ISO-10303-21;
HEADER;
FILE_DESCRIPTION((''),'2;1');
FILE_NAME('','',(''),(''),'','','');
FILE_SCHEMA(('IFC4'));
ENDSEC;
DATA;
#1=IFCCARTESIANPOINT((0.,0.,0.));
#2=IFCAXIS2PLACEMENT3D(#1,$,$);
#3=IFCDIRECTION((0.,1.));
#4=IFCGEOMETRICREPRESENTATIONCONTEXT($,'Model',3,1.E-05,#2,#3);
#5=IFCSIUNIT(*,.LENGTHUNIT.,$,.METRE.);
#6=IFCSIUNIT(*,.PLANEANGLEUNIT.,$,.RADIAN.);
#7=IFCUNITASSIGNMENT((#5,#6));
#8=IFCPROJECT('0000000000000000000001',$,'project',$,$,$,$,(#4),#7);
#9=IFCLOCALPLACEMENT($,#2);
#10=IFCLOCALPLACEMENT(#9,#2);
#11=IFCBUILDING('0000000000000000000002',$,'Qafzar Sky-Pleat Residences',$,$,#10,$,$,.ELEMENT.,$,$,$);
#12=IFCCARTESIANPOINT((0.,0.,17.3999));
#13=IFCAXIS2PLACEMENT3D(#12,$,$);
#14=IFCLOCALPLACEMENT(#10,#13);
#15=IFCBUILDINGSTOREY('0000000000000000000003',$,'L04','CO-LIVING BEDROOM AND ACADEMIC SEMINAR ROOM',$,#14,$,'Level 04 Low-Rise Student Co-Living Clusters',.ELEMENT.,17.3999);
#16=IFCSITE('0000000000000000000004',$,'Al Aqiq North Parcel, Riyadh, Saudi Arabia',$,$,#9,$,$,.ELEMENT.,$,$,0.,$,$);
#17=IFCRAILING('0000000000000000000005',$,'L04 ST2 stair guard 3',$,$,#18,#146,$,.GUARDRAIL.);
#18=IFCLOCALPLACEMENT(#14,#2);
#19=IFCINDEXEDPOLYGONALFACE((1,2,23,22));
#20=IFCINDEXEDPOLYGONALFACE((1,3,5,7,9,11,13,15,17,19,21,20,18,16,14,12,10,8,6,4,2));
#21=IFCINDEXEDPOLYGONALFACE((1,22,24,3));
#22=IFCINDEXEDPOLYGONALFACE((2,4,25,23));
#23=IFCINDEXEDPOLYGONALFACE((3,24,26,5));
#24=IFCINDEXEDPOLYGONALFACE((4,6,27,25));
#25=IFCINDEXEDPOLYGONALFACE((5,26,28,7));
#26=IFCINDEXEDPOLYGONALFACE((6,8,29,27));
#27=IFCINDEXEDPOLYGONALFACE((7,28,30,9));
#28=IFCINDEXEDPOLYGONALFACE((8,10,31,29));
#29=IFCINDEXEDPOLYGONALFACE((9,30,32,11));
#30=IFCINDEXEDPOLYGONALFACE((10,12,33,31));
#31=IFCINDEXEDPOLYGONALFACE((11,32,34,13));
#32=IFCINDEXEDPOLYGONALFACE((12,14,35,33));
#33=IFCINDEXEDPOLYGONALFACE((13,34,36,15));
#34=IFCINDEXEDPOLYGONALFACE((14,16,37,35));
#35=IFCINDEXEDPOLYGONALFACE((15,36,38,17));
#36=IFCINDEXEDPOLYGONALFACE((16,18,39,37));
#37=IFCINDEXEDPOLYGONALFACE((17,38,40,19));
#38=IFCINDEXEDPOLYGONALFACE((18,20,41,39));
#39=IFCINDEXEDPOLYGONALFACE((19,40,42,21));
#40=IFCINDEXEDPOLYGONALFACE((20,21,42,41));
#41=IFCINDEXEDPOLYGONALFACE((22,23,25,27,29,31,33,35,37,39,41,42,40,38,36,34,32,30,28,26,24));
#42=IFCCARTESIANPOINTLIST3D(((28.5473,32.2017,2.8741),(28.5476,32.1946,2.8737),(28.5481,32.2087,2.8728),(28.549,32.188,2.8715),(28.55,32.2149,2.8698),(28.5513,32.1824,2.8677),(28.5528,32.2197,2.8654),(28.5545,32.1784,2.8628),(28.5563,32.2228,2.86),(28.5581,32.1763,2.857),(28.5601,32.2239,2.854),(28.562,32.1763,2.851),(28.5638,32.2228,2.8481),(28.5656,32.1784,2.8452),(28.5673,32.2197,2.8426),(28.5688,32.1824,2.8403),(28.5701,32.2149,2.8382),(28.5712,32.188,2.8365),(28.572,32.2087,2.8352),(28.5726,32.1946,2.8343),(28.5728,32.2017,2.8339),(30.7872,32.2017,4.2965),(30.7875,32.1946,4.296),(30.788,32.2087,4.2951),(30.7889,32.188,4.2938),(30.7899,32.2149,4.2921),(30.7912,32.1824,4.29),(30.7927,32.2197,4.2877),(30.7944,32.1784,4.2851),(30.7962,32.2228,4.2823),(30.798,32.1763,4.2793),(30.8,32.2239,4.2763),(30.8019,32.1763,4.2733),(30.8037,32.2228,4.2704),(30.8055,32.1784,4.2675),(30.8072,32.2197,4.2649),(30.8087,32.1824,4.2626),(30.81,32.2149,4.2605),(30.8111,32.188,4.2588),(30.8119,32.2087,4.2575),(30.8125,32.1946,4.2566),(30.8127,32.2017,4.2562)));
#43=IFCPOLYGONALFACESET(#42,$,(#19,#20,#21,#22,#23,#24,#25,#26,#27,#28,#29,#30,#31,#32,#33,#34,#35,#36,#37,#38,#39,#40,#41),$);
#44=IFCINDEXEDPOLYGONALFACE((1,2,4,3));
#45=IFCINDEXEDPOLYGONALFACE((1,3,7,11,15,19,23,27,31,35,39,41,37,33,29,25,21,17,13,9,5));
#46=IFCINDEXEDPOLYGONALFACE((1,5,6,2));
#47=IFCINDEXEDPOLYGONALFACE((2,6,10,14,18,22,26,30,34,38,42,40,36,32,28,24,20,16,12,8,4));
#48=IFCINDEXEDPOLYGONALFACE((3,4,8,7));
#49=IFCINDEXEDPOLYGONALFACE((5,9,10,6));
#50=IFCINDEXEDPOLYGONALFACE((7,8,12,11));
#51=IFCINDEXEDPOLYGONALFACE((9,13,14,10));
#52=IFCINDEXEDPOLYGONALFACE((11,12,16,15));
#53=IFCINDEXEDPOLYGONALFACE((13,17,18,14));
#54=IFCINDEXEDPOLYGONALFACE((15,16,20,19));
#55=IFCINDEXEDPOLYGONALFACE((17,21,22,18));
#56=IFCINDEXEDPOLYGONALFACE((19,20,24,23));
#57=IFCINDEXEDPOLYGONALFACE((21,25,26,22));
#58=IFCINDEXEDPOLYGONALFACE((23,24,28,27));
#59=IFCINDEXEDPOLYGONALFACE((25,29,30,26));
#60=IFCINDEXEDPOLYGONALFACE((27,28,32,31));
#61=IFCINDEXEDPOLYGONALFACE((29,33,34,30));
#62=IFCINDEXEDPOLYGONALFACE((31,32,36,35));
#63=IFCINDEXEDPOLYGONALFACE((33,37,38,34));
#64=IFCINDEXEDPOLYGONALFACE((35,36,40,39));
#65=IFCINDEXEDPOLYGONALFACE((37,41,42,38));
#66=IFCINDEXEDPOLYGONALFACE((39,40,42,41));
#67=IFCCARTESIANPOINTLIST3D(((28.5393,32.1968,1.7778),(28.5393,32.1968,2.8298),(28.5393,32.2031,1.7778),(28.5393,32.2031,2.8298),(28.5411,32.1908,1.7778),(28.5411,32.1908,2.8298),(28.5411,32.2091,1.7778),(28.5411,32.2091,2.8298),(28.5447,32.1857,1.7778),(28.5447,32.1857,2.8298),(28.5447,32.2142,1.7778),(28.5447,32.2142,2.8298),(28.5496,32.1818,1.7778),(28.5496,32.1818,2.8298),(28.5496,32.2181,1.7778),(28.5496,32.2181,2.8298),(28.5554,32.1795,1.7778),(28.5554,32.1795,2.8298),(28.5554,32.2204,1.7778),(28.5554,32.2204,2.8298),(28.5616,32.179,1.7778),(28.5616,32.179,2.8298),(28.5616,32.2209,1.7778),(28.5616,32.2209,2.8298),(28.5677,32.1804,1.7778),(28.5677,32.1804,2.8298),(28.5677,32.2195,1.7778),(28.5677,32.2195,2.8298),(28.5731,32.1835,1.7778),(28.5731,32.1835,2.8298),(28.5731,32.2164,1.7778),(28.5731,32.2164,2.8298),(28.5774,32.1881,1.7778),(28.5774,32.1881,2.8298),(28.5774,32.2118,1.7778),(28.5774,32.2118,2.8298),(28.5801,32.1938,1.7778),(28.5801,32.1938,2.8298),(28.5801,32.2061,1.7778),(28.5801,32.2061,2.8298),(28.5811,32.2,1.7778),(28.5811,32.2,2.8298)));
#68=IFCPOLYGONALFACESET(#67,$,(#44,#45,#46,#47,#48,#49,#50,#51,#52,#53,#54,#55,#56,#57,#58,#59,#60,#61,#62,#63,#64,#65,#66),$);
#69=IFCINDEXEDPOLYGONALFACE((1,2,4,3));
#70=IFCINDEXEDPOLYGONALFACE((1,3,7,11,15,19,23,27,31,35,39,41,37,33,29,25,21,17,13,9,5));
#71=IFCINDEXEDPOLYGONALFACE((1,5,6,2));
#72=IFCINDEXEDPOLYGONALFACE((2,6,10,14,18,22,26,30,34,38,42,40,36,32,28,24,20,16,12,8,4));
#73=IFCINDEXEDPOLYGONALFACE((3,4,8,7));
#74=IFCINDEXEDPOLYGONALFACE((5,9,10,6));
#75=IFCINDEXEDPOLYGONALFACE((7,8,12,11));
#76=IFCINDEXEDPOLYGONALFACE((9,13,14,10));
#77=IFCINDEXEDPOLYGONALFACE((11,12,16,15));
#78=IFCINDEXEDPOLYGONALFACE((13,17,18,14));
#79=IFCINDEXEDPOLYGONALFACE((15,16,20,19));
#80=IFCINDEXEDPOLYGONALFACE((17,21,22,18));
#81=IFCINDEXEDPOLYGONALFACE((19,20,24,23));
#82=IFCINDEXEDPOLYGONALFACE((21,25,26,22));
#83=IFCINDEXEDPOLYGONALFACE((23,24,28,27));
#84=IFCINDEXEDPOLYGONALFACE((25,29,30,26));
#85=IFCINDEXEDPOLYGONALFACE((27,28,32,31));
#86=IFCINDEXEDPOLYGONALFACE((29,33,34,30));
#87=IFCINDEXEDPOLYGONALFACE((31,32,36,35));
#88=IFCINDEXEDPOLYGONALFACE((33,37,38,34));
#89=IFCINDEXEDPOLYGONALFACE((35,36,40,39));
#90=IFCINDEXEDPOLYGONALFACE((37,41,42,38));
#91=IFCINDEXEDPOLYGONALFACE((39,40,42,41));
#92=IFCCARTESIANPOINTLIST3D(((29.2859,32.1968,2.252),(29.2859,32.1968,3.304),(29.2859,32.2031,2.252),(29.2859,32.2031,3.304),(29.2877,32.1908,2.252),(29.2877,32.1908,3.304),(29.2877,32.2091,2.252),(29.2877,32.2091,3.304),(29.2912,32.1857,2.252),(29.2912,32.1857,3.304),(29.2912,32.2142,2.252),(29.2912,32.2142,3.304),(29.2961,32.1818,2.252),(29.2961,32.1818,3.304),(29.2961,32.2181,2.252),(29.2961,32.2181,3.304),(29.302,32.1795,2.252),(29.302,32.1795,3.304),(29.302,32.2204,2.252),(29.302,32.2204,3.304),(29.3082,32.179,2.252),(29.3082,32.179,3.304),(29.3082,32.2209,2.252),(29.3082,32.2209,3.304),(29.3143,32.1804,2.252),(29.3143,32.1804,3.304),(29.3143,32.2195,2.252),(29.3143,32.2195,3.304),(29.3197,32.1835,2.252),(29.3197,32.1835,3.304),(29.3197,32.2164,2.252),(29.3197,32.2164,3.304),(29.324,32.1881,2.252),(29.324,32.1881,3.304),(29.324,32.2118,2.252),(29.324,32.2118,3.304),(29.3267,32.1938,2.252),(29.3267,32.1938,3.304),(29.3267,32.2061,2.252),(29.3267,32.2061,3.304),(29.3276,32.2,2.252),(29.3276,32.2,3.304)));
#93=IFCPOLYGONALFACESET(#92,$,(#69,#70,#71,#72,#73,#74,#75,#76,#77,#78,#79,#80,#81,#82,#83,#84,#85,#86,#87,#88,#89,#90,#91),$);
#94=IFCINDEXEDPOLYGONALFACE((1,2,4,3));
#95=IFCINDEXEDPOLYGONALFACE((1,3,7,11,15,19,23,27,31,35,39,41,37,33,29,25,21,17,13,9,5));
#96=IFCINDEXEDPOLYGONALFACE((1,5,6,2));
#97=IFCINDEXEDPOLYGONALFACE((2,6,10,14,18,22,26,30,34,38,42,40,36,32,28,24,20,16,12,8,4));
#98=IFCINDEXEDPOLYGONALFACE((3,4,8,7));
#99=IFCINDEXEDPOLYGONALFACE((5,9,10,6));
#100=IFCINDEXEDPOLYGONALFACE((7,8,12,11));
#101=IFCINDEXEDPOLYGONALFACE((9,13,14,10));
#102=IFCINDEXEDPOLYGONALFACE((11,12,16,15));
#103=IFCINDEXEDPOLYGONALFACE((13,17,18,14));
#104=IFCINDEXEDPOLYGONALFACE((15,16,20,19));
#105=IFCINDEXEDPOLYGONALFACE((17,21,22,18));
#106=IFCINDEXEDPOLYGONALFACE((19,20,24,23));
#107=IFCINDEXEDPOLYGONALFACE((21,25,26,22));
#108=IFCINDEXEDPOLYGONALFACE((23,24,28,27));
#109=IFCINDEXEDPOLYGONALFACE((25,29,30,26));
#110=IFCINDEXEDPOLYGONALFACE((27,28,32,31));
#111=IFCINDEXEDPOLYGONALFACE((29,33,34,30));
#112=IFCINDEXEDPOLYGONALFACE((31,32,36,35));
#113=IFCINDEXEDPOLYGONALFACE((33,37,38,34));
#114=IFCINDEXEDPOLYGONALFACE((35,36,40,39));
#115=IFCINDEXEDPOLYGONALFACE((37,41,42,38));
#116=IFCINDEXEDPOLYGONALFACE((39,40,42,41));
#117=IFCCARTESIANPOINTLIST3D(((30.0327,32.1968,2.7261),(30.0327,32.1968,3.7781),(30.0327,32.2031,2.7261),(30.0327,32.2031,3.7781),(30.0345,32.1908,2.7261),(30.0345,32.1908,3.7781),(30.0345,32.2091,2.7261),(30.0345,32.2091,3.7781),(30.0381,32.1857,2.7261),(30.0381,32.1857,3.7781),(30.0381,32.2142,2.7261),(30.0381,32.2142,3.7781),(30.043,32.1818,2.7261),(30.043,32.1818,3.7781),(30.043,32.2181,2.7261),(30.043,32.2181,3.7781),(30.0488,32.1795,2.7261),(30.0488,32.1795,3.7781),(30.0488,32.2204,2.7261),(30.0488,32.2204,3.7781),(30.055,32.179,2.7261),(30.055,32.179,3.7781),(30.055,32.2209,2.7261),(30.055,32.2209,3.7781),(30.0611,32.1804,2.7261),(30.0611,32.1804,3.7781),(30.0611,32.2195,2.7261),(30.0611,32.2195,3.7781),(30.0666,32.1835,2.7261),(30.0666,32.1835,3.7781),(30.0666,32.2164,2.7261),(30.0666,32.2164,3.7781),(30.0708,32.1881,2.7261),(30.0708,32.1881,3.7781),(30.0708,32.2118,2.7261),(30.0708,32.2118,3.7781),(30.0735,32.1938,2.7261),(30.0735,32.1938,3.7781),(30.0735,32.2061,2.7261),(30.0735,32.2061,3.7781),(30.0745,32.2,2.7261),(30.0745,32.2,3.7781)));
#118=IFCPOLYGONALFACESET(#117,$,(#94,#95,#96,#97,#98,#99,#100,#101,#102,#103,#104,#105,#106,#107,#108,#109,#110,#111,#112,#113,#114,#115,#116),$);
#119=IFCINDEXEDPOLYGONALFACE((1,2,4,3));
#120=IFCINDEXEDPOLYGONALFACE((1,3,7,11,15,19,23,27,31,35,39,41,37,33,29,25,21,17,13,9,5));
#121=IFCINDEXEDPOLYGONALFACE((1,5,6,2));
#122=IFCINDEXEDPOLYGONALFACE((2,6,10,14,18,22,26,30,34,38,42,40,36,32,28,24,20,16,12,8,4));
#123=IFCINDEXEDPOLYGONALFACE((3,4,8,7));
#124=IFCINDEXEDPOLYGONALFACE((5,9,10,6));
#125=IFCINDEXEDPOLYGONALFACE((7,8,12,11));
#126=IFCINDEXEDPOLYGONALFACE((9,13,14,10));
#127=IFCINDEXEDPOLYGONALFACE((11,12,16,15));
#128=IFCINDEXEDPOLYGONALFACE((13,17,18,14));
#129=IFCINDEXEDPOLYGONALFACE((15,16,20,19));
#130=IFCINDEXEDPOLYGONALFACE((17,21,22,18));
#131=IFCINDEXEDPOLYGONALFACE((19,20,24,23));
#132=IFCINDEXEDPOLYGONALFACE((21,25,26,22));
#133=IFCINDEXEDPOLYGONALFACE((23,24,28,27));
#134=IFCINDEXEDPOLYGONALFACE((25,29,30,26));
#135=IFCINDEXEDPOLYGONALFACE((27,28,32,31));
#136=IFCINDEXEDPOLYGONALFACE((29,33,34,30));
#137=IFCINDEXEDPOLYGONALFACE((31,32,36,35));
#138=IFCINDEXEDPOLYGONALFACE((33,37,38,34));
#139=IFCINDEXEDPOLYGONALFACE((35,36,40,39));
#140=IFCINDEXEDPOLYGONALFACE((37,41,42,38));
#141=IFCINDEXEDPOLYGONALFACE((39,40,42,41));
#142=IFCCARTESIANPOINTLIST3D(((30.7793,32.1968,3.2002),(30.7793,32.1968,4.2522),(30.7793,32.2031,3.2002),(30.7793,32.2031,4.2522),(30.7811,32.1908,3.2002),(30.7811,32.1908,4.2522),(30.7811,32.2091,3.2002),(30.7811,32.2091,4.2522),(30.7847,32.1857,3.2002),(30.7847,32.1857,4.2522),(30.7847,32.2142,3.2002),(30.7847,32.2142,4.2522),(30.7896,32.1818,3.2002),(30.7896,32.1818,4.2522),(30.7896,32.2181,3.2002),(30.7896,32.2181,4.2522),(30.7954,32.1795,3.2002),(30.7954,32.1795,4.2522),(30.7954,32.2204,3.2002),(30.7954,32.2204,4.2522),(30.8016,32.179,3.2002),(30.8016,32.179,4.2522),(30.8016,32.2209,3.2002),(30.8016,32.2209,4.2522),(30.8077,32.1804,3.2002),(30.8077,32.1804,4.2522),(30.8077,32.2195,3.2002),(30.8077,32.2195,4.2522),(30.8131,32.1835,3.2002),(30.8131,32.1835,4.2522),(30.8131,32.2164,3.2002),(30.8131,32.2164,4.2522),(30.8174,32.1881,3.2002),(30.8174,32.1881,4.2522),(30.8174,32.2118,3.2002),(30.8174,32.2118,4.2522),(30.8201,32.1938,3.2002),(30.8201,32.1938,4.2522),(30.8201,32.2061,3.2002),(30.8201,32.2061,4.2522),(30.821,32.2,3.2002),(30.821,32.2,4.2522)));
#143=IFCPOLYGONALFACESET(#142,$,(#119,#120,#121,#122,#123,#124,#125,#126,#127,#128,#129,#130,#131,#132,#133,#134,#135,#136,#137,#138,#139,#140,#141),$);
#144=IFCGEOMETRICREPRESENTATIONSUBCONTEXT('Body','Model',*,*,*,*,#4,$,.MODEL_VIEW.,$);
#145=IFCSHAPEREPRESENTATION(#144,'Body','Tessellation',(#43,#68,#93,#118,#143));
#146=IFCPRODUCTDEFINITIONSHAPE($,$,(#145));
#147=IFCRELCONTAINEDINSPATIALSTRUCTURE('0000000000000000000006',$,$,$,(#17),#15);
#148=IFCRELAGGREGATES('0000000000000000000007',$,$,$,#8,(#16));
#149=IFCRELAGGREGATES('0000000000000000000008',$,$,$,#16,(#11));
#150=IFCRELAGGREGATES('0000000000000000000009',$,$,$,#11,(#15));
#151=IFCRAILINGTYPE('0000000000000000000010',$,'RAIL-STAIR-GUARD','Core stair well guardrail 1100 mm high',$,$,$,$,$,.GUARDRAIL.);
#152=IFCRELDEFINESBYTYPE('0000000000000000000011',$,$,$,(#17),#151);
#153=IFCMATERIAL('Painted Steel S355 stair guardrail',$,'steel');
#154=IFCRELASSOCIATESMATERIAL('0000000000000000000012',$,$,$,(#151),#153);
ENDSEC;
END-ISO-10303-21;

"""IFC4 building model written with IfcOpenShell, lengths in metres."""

from ifc_helpers import new_model, si_unit, direction, frame, origin, origin_2d, place, context, subcontext, project, spatial, circle, extrude, source, transform, mapped, material, type_object, element, save


model = new_model("IFC4")

# Units and contexts
model_context = context("Model", 3, precision=1e-05, world=origin(), true_north=direction((0.0, 1.0)))
body_context = subcontext(model_context, "Body", "Model", "MODEL_VIEW")
ifc_project = project(units=[si_unit("LENGTHUNIT", "METRE"), si_unit("PLANEANGLEUNIT", "RADIAN")], contexts=[model_context])

# Site, building, storey
site_placement = place(None, origin())
site = spatial("IfcSite", under=ifc_project, at=site_placement, Name="Al Aqiq North Parcel, Riyadh, Saudi Arabia", CompositionType="ELEMENT", RefElevation=0.0)
building_placement = place(site_placement, origin())
building = spatial("IfcBuilding", under=site, at=building_placement, Name="Qafzar Sky-Pleat Residences", CompositionType="ELEMENT")
storey_placement = place(building_placement, frame((0.0, 0.0, 17.3999)))
storey = spatial("IfcBuildingStorey", under=building, at=storey_placement, Name="L04", Description="CO-LIVING BEDROOM AND ACADEMIC SEMINAR ROOM", LongName="Level 04 Low-Rise Student Co-Living Clusters", CompositionType="ELEMENT", Elevation=17.3999)

# Railing
ifc_material_1 = material(Name="Painted Steel S355 stair guardrail", Category="steel")
railing_type = type_object("IfcRailingType", Name="RAIL-STAIR-GUARD", Description="Core stair well guardrail 1100 mm high", PredefinedType="GUARDRAIL", material=ifc_material_1)
shared_shape_1 = source(origin(), body_context, "Body", "SweptSolid", [
    extrude(circle(Radius=0.0239, at=origin_2d()), frame((0.0, 0.0, 1.0762), z_axis=(0.844188, 0.0, 0.536048), x_axis=(0.0, 1.0, 0.0)), (0.0, 0.0, 1.0), 2.6533),
    extrude(circle(Radius=0.021, at=origin_2d()), origin(), (0.0, 0.0, 1.0), 1.052),
    extrude(circle(Radius=0.021, at=origin_2d()), frame((0.7466, 0.0, 0.4741)), (0.0, 0.0, 1.0), 1.052),
    extrude(circle(Radius=0.021, at=origin_2d()), frame((1.4934, 0.0, 0.9482)), (0.0, 0.0, 1.0), 1.052),
    extrude(circle(Radius=0.021, at=origin_2d()), frame((2.24, 0.0, 1.4224)), (0.0, 0.0, 1.0), 1.052),
])
railing_1_placement = place(storey_placement, frame((28.5601, 32.2, 1.7778)))
element("IfcRailing", 1, at=railing_1_placement, inside=storey, type_object=railing_type, Name="L04 ST2 stair guard 3", PredefinedType="GUARDRAIL", context=body_context, shape_type="MappedRepresentation", body=[
    mapped(shared_shape_1, transform((0.0, 0.0, 0.0), x_axis=(1.0, 0.0, 0.0), y_axis=(0.0, 1.0, 0.0), z_axis=(0.0, 0.0, 1.0), scale=1.0)),
])

save(model, "model.ifc")
